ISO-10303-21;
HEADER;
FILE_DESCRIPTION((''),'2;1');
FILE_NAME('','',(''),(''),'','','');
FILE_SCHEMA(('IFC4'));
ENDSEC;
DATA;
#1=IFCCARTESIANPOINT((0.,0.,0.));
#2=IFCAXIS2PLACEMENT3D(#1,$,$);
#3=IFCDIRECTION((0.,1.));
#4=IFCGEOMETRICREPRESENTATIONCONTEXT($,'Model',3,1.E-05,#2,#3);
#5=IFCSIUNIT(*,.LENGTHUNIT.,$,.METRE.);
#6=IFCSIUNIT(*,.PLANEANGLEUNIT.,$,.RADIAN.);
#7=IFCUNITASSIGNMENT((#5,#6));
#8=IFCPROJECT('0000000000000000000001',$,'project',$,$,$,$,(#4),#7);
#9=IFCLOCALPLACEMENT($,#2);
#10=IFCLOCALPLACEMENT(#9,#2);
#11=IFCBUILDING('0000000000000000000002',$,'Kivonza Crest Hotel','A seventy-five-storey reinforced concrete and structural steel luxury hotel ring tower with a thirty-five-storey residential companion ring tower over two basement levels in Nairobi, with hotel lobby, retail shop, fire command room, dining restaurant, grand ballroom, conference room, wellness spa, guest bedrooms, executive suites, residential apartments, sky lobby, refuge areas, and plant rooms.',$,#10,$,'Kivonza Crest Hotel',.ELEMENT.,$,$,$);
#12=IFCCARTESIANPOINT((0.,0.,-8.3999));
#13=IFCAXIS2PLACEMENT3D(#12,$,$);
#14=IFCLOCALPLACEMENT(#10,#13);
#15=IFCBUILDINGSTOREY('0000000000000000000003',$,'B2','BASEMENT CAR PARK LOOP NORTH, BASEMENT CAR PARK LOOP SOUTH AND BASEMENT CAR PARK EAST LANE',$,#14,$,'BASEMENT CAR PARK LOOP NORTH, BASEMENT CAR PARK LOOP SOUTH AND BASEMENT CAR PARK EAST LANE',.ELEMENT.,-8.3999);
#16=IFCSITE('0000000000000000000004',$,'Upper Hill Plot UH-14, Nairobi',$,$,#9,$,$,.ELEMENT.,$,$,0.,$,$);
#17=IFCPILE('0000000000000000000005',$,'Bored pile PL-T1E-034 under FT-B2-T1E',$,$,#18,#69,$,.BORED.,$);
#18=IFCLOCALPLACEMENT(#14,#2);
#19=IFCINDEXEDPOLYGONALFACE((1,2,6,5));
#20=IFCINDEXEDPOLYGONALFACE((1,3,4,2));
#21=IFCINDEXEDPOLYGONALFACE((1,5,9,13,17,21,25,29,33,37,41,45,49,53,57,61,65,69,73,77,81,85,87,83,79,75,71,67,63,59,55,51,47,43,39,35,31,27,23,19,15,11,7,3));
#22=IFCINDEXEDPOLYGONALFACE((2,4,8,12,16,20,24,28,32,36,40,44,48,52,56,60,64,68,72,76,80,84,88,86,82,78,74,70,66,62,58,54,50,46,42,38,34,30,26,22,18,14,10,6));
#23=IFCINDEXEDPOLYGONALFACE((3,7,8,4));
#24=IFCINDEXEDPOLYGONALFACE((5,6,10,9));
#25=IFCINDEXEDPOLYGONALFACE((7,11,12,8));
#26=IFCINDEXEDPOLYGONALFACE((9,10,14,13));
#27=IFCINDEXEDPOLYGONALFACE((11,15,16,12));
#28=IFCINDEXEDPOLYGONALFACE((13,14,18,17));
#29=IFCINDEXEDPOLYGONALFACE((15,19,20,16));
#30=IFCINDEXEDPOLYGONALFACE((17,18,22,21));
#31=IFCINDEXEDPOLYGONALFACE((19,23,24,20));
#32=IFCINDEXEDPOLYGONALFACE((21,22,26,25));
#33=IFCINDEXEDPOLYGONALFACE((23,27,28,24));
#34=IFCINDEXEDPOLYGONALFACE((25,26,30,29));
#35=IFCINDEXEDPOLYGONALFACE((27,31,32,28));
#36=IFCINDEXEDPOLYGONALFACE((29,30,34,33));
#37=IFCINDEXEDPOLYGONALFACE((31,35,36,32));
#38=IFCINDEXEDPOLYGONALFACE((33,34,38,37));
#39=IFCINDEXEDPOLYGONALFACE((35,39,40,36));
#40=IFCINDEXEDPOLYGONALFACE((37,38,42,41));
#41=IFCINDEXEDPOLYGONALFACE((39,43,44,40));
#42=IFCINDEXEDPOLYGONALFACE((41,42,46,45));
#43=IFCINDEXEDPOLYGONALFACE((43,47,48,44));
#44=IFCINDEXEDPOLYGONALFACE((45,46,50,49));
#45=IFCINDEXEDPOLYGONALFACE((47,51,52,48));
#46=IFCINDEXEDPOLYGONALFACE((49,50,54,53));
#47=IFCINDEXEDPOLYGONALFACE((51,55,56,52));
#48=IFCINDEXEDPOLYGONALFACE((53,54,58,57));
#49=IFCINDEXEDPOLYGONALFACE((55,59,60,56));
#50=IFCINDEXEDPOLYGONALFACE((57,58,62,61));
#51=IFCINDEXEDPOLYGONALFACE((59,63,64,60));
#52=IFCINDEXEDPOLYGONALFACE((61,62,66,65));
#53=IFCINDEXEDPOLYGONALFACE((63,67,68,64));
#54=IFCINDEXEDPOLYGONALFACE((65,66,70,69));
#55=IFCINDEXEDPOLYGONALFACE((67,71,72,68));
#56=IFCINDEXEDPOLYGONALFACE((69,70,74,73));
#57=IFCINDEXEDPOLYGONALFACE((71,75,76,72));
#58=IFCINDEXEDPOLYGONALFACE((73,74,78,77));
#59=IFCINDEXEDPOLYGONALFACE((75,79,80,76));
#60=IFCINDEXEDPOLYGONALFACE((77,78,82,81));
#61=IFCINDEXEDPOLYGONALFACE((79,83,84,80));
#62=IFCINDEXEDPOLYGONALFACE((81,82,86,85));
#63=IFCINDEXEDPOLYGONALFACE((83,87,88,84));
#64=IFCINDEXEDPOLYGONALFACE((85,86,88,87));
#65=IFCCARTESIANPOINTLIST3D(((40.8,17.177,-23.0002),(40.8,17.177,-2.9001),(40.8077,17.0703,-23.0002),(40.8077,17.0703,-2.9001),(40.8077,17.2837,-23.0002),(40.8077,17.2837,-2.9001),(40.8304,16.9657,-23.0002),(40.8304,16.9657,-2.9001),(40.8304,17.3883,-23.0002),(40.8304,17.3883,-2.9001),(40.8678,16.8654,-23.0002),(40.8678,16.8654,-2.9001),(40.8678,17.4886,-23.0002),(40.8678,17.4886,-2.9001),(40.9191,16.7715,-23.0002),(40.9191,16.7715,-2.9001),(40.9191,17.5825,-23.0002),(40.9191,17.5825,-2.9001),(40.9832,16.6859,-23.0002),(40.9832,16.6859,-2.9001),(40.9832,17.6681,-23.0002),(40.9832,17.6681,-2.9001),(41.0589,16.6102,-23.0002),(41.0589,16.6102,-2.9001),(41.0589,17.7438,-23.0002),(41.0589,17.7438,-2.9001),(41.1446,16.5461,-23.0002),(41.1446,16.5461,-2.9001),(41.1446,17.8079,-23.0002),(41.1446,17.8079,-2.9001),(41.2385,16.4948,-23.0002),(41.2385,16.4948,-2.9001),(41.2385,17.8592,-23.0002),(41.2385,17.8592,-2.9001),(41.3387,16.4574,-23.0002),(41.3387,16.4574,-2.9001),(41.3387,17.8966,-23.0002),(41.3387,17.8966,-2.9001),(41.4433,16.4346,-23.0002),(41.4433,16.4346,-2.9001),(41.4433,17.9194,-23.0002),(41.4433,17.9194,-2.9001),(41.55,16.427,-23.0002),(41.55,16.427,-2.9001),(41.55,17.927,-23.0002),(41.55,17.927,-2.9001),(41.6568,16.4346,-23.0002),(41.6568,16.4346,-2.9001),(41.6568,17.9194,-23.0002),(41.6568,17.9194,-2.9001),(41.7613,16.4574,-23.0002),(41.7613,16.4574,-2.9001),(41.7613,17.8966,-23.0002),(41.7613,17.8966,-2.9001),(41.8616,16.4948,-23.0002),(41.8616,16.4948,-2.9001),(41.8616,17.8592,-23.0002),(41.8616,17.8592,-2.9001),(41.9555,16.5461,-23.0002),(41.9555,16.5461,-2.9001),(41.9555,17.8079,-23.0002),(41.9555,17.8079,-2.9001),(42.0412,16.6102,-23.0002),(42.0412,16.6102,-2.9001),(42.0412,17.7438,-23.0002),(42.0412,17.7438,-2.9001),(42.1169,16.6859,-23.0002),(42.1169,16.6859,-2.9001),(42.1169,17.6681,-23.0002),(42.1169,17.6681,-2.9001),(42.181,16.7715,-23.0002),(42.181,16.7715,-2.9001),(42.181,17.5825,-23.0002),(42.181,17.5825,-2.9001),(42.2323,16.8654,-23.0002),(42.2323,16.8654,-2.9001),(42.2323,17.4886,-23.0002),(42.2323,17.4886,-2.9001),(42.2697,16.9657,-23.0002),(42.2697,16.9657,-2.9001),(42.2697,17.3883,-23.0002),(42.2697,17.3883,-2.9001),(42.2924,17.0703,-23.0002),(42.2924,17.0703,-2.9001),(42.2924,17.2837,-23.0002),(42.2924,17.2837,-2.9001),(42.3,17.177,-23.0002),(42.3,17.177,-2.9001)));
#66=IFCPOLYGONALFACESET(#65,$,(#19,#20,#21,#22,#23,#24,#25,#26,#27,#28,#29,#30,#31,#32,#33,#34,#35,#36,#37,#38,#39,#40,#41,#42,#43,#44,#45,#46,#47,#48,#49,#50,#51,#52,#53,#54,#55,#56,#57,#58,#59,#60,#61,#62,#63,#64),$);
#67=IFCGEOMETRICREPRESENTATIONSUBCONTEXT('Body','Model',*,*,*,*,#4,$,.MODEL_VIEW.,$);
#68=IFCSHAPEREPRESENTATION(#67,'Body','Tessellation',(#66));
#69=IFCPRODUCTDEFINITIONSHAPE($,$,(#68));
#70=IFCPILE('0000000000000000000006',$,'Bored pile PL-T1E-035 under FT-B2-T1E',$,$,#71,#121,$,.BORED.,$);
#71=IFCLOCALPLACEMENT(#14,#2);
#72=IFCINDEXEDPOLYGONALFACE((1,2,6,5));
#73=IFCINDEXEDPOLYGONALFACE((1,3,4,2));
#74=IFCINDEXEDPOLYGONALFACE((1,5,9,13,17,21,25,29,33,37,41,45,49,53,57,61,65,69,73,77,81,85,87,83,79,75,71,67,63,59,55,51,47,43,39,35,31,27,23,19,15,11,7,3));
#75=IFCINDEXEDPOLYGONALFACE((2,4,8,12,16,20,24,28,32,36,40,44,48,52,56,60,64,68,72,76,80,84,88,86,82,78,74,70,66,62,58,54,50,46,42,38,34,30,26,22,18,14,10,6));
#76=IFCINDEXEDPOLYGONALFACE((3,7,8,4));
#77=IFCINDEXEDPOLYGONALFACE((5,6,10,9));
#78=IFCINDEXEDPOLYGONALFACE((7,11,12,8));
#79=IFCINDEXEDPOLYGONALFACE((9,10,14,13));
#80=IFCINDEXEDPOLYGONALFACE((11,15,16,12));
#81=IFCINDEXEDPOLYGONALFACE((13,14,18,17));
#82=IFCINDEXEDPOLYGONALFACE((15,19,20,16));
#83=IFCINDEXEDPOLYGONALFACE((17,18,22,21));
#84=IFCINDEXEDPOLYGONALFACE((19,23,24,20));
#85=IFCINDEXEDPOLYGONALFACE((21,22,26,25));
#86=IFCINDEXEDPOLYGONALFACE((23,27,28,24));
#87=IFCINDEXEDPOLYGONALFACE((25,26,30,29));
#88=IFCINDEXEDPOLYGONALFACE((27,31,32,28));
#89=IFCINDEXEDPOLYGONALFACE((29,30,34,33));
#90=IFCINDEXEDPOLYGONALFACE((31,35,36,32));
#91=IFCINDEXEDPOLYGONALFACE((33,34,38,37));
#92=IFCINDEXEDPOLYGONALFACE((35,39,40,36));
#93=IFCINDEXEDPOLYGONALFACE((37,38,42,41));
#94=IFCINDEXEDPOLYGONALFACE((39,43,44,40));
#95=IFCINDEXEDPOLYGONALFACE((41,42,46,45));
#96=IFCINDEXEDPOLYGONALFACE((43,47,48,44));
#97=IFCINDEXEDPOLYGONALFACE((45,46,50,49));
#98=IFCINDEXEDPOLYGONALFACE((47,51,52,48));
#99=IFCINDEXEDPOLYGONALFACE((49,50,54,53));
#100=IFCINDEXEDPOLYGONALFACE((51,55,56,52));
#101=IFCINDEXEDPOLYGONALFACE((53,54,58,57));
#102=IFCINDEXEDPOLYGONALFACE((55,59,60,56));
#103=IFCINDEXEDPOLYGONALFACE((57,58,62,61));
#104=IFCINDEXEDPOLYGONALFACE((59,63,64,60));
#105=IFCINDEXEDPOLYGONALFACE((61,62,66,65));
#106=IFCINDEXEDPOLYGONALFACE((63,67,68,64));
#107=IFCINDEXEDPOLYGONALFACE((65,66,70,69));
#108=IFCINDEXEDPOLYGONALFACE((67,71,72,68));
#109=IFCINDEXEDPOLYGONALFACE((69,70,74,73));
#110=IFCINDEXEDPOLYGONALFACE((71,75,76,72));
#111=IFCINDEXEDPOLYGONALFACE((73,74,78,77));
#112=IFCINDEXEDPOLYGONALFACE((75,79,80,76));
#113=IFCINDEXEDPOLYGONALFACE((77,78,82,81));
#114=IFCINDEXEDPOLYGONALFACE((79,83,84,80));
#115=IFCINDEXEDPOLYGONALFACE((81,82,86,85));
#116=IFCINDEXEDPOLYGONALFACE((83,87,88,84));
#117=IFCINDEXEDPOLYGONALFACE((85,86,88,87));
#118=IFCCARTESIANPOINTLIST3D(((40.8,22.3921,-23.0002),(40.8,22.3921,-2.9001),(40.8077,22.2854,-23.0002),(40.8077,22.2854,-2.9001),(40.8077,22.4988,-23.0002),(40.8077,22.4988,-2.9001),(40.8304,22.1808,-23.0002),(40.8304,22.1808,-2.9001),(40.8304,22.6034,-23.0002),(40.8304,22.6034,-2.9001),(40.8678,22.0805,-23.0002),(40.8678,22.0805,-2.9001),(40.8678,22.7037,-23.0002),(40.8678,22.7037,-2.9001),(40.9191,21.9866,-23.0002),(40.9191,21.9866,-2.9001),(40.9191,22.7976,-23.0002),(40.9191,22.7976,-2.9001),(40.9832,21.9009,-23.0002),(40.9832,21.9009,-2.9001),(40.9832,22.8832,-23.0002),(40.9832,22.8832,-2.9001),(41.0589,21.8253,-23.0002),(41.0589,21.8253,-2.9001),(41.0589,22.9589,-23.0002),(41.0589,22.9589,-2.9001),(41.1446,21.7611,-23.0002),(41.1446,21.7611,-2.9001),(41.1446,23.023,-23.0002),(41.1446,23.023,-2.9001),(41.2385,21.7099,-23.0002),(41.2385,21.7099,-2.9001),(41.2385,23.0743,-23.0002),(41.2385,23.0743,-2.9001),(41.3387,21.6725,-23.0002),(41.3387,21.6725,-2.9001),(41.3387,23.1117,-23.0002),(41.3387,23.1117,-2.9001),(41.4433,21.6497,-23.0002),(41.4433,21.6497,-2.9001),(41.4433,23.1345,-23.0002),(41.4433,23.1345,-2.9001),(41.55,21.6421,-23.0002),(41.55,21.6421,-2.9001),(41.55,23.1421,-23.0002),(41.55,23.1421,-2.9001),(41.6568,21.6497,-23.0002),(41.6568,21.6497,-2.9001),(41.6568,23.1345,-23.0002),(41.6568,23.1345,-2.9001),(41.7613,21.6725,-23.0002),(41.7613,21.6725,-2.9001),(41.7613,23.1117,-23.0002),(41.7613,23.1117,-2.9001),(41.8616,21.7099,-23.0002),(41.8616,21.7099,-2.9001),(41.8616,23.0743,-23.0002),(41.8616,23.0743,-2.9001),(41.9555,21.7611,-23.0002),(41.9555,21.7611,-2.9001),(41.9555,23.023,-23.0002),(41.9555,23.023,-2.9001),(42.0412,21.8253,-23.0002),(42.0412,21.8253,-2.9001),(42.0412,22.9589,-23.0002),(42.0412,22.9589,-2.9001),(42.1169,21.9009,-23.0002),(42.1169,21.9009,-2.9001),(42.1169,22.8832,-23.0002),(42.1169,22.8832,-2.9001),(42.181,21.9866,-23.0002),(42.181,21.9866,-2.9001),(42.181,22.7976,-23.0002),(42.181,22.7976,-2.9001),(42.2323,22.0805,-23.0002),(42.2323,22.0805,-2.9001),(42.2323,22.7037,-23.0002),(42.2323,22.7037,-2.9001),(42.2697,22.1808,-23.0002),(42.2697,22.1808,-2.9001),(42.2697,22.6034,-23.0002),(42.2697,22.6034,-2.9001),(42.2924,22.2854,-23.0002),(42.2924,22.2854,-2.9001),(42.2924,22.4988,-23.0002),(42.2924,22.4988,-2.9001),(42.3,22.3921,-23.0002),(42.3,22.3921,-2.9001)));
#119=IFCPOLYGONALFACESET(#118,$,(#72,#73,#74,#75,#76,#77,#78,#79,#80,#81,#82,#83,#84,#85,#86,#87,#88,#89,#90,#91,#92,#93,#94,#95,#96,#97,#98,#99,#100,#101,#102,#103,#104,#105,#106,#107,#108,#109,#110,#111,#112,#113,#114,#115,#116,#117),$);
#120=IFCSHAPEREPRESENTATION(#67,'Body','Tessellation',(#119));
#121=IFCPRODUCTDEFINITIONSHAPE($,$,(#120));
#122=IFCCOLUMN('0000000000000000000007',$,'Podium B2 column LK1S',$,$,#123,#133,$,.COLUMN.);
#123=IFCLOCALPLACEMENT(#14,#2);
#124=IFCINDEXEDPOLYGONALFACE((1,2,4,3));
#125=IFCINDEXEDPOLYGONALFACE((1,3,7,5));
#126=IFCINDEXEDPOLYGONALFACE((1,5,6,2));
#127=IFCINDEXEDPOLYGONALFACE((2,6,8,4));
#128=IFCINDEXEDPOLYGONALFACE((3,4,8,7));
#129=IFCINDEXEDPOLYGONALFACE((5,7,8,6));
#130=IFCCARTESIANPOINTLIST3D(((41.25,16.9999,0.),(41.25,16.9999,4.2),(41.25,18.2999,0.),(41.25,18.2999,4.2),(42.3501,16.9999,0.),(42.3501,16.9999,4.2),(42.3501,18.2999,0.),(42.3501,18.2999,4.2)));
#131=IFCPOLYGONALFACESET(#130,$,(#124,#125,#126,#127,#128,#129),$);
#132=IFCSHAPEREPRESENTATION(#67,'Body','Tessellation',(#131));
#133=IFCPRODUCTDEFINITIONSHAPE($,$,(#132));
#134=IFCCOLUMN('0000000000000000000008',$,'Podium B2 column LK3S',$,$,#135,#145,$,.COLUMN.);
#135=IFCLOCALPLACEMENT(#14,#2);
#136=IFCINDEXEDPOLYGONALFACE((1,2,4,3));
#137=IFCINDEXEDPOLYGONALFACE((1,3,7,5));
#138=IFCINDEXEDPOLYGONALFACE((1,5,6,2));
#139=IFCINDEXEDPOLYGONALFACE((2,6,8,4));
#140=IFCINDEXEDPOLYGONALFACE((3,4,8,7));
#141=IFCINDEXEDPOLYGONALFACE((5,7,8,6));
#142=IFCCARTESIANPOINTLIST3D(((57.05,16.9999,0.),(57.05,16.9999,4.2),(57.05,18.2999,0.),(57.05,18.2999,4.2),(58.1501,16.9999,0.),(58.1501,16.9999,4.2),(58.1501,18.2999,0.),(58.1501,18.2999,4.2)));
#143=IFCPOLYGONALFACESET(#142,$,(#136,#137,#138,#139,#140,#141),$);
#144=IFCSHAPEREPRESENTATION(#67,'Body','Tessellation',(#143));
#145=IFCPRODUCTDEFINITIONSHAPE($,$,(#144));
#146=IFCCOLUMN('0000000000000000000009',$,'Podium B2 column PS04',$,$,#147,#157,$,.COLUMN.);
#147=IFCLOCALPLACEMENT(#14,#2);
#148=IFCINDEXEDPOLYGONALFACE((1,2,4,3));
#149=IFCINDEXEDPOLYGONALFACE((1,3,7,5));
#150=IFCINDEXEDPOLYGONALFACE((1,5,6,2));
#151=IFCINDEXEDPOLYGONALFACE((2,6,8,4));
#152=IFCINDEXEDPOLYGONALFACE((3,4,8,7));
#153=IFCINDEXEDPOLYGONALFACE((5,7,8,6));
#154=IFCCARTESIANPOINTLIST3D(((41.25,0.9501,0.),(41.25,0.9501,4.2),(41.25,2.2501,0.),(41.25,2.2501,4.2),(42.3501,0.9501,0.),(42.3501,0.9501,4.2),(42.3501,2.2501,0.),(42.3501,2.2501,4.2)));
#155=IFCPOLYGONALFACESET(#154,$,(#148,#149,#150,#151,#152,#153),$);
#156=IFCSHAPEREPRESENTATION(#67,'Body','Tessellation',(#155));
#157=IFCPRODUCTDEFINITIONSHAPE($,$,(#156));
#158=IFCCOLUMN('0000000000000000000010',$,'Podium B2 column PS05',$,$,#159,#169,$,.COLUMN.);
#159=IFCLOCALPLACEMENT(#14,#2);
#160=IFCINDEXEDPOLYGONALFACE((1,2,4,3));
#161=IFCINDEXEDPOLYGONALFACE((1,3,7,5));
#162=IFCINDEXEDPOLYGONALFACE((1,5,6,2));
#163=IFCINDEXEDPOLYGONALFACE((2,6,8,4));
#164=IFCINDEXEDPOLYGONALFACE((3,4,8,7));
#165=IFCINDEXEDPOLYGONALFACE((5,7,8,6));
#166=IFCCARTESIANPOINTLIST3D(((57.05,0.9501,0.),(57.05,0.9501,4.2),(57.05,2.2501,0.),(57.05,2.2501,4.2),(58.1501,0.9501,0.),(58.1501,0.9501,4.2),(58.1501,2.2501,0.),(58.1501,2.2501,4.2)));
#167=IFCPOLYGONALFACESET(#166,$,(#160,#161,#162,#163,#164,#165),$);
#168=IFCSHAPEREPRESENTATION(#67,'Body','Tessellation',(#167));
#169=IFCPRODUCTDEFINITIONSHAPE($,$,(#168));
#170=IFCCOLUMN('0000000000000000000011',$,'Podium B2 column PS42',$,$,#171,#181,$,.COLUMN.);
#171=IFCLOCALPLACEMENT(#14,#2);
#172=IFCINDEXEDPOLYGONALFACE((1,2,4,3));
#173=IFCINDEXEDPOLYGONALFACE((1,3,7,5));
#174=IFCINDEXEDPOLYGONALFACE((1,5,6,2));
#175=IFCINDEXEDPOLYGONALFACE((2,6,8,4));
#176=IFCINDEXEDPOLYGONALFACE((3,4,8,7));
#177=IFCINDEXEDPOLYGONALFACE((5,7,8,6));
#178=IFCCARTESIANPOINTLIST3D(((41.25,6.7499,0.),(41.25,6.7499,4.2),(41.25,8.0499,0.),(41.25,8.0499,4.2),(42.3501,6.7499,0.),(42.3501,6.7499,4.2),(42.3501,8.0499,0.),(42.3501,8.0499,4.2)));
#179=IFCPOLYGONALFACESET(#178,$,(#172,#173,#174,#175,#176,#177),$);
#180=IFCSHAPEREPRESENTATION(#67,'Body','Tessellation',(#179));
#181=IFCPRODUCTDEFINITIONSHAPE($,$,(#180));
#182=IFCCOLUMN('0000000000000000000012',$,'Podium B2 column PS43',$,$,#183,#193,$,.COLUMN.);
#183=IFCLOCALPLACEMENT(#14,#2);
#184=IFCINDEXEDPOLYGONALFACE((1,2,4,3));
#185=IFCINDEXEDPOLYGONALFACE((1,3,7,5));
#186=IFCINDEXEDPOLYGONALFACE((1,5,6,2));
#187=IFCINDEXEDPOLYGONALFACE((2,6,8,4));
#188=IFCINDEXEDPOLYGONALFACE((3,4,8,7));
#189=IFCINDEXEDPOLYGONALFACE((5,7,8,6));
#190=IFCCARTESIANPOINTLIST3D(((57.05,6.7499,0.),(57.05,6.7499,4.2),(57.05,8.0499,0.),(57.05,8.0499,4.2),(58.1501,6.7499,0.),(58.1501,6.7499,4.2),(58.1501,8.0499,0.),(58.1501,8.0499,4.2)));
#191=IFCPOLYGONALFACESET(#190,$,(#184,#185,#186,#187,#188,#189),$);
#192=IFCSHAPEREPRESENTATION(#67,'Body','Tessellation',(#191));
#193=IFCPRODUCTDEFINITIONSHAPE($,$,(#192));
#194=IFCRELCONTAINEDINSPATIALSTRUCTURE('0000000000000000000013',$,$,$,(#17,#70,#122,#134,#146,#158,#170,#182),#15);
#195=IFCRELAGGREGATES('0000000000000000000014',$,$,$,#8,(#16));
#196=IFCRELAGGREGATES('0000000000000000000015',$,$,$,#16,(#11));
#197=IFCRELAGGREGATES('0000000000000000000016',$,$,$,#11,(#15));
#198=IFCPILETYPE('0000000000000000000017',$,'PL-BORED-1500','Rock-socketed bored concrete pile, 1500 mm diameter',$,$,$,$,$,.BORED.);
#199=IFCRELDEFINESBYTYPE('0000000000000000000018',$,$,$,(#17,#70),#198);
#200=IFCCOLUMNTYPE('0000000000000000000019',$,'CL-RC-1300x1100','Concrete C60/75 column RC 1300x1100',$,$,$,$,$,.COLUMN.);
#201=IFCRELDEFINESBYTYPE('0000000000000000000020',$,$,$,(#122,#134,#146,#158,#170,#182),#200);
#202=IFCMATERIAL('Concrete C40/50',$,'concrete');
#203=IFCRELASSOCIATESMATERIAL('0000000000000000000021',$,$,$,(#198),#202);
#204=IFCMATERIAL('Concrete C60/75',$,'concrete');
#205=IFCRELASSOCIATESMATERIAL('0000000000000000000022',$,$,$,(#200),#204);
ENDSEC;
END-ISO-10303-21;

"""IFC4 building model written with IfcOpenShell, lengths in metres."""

from ifc_helpers import new_model, si_unit, direction, frame, origin, origin_2d, place, context, subcontext, project, spatial, rectangle, circle, extrude, material, material_profile, profile_set, type_object, element, save


model = new_model("IFC4")

# Units and contexts
model_context = context("Model", 3, precision=1e-05, world=origin(), true_north=direction((0.0, 1.0)))
body_context = subcontext(model_context, "Body", "Model", "MODEL_VIEW")
ifc_project = project(units=[si_unit("LENGTHUNIT", "METRE"), si_unit("PLANEANGLEUNIT", "RADIAN")], contexts=[model_context])

# Site, building, storey
site_placement = place(None, origin())
site = spatial("IfcSite", under=ifc_project, at=site_placement, Name="Upper Hill Plot UH-14, Nairobi", CompositionType="ELEMENT", RefElevation=0.0)
building_placement = place(site_placement, origin())
building = spatial("IfcBuilding", under=site, at=building_placement, Name="Kivonza Crest Hotel", Description="A seventy-five-storey reinforced concrete and structural steel luxury hotel ring tower with a thirty-five-storey residential companion ring tower over two basement levels in Nairobi, with hotel lobby, retail shop, fire command room, dining restaurant, grand ballroom, conference room, wellness spa, guest bedrooms, executive suites, residential apartments, sky lobby, refuge areas, and plant rooms.", LongName="Kivonza Crest Hotel", CompositionType="ELEMENT")
storey_placement = place(building_placement, frame((0.0, 0.0, -8.3999)))
storey = spatial("IfcBuildingStorey", under=building, at=storey_placement, Name="B2", Description="BASEMENT CAR PARK LOOP NORTH, BASEMENT CAR PARK LOOP SOUTH AND BASEMENT CAR PARK EAST LANE", LongName="BASEMENT CAR PARK LOOP NORTH, BASEMENT CAR PARK LOOP SOUTH AND BASEMENT CAR PARK EAST LANE", CompositionType="ELEMENT", Elevation=-8.3999)

# Piles
ifc_material_1 = material(Name="Concrete C40/50", Category="concrete")
ifc_material_profile_1 = material_profile(ifc_material_1, circle(Radius=0.75, at=origin_2d()), Name="PILE D1500")
ifc_profile_set_1 = profile_set([ifc_material_profile_1], Name="Concrete C40/50")
pile_type_1 = type_object("IfcPileType", Name="PL-BORED-1500", Description="Rock-socketed bored concrete pile, 1500 mm diameter", PredefinedType="BORED", material=ifc_profile_set_1)
for number, where, z_axis, x_axis, name in (
    (1, (41.55, 17.177, -2.9001), (0.0, 0.0, -1.0), (1.0, 0.0, 0.0), "Bored pile PL-T1E-034 under FT-B2-T1E"),
    (2, (41.55, 22.3921, -2.9001), (0.0, 0.0, -1.0), (1.0, 0.0, 0.0), "Bored pile PL-T1E-035 under FT-B2-T1E"),
):
    element("IfcPile", number, at=place(storey_placement, frame(where, z_axis=z_axis, x_axis=x_axis)), inside=storey, type_object=pile_type_1, Name=name, PredefinedType="BORED", context=body_context, shape_type="SweptSolid", body=[
        extrude(circle(Radius=0.75, at=origin_2d()), origin(), (0.0, 0.0, 1.0), 20.1001),
    ])

# Columns
ifc_material_2 = material(Name="Concrete C60/75", Category="concrete")
ifc_material_profile_2 = material_profile(ifc_material_2, rectangle(XDim=1.1001, YDim=1.3, at=origin_2d()), Name="RC 1300x1100")
ifc_profile_set_2 = profile_set([ifc_material_profile_2], Name="Concrete C60/75")
column_type_1 = type_object("IfcColumnType", Name="CL-RC-1300x1100", Description="Concrete C60/75 column RC 1300x1100", PredefinedType="COLUMN", material=ifc_profile_set_2)
for number, where, z_axis, x_axis, name in (
    (3, (41.8, 17.6499, 0.0), (0.0, 0.0, 1.0), (1.0, 0.0, 0.0), "Podium B2 column LK1S"),
    (4, (57.6001, 17.6499, 0.0), (0.0, 0.0, 1.0), (1.0, 0.0, 0.0), "Podium B2 column LK3S"),
    (5, (41.8, 1.6001, 0.0), (0.0, 0.0, 1.0), (1.0, 0.0, 0.0), "Podium B2 column PS04"),
    (6, (57.6001, 1.6001, 0.0), (0.0, 0.0, 1.0), (1.0, 0.0, 0.0), "Podium B2 column PS05"),
    (7, (41.8, 7.3999, 0.0), (0.0, 0.0, 1.0), (1.0, 0.0, 0.0), "Podium B2 column PS42"),
    (8, (57.6001, 7.3999, 0.0), (0.0, 0.0, 1.0), (1.0, 0.0, 0.0), "Podium B2 column PS43"),
):
    element("IfcColumn", number, at=place(storey_placement, frame(where, z_axis=z_axis, x_axis=x_axis)), inside=storey, type_object=column_type_1, Name=name, PredefinedType="COLUMN", context=body_context, shape_type="SweptSolid", body=[
        extrude(rectangle(XDim=1.1001, YDim=1.3, at=origin_2d()), origin(), (0.0, 0.0, 1.0), 4.2),
    ])

save(model, "model.ifc")
